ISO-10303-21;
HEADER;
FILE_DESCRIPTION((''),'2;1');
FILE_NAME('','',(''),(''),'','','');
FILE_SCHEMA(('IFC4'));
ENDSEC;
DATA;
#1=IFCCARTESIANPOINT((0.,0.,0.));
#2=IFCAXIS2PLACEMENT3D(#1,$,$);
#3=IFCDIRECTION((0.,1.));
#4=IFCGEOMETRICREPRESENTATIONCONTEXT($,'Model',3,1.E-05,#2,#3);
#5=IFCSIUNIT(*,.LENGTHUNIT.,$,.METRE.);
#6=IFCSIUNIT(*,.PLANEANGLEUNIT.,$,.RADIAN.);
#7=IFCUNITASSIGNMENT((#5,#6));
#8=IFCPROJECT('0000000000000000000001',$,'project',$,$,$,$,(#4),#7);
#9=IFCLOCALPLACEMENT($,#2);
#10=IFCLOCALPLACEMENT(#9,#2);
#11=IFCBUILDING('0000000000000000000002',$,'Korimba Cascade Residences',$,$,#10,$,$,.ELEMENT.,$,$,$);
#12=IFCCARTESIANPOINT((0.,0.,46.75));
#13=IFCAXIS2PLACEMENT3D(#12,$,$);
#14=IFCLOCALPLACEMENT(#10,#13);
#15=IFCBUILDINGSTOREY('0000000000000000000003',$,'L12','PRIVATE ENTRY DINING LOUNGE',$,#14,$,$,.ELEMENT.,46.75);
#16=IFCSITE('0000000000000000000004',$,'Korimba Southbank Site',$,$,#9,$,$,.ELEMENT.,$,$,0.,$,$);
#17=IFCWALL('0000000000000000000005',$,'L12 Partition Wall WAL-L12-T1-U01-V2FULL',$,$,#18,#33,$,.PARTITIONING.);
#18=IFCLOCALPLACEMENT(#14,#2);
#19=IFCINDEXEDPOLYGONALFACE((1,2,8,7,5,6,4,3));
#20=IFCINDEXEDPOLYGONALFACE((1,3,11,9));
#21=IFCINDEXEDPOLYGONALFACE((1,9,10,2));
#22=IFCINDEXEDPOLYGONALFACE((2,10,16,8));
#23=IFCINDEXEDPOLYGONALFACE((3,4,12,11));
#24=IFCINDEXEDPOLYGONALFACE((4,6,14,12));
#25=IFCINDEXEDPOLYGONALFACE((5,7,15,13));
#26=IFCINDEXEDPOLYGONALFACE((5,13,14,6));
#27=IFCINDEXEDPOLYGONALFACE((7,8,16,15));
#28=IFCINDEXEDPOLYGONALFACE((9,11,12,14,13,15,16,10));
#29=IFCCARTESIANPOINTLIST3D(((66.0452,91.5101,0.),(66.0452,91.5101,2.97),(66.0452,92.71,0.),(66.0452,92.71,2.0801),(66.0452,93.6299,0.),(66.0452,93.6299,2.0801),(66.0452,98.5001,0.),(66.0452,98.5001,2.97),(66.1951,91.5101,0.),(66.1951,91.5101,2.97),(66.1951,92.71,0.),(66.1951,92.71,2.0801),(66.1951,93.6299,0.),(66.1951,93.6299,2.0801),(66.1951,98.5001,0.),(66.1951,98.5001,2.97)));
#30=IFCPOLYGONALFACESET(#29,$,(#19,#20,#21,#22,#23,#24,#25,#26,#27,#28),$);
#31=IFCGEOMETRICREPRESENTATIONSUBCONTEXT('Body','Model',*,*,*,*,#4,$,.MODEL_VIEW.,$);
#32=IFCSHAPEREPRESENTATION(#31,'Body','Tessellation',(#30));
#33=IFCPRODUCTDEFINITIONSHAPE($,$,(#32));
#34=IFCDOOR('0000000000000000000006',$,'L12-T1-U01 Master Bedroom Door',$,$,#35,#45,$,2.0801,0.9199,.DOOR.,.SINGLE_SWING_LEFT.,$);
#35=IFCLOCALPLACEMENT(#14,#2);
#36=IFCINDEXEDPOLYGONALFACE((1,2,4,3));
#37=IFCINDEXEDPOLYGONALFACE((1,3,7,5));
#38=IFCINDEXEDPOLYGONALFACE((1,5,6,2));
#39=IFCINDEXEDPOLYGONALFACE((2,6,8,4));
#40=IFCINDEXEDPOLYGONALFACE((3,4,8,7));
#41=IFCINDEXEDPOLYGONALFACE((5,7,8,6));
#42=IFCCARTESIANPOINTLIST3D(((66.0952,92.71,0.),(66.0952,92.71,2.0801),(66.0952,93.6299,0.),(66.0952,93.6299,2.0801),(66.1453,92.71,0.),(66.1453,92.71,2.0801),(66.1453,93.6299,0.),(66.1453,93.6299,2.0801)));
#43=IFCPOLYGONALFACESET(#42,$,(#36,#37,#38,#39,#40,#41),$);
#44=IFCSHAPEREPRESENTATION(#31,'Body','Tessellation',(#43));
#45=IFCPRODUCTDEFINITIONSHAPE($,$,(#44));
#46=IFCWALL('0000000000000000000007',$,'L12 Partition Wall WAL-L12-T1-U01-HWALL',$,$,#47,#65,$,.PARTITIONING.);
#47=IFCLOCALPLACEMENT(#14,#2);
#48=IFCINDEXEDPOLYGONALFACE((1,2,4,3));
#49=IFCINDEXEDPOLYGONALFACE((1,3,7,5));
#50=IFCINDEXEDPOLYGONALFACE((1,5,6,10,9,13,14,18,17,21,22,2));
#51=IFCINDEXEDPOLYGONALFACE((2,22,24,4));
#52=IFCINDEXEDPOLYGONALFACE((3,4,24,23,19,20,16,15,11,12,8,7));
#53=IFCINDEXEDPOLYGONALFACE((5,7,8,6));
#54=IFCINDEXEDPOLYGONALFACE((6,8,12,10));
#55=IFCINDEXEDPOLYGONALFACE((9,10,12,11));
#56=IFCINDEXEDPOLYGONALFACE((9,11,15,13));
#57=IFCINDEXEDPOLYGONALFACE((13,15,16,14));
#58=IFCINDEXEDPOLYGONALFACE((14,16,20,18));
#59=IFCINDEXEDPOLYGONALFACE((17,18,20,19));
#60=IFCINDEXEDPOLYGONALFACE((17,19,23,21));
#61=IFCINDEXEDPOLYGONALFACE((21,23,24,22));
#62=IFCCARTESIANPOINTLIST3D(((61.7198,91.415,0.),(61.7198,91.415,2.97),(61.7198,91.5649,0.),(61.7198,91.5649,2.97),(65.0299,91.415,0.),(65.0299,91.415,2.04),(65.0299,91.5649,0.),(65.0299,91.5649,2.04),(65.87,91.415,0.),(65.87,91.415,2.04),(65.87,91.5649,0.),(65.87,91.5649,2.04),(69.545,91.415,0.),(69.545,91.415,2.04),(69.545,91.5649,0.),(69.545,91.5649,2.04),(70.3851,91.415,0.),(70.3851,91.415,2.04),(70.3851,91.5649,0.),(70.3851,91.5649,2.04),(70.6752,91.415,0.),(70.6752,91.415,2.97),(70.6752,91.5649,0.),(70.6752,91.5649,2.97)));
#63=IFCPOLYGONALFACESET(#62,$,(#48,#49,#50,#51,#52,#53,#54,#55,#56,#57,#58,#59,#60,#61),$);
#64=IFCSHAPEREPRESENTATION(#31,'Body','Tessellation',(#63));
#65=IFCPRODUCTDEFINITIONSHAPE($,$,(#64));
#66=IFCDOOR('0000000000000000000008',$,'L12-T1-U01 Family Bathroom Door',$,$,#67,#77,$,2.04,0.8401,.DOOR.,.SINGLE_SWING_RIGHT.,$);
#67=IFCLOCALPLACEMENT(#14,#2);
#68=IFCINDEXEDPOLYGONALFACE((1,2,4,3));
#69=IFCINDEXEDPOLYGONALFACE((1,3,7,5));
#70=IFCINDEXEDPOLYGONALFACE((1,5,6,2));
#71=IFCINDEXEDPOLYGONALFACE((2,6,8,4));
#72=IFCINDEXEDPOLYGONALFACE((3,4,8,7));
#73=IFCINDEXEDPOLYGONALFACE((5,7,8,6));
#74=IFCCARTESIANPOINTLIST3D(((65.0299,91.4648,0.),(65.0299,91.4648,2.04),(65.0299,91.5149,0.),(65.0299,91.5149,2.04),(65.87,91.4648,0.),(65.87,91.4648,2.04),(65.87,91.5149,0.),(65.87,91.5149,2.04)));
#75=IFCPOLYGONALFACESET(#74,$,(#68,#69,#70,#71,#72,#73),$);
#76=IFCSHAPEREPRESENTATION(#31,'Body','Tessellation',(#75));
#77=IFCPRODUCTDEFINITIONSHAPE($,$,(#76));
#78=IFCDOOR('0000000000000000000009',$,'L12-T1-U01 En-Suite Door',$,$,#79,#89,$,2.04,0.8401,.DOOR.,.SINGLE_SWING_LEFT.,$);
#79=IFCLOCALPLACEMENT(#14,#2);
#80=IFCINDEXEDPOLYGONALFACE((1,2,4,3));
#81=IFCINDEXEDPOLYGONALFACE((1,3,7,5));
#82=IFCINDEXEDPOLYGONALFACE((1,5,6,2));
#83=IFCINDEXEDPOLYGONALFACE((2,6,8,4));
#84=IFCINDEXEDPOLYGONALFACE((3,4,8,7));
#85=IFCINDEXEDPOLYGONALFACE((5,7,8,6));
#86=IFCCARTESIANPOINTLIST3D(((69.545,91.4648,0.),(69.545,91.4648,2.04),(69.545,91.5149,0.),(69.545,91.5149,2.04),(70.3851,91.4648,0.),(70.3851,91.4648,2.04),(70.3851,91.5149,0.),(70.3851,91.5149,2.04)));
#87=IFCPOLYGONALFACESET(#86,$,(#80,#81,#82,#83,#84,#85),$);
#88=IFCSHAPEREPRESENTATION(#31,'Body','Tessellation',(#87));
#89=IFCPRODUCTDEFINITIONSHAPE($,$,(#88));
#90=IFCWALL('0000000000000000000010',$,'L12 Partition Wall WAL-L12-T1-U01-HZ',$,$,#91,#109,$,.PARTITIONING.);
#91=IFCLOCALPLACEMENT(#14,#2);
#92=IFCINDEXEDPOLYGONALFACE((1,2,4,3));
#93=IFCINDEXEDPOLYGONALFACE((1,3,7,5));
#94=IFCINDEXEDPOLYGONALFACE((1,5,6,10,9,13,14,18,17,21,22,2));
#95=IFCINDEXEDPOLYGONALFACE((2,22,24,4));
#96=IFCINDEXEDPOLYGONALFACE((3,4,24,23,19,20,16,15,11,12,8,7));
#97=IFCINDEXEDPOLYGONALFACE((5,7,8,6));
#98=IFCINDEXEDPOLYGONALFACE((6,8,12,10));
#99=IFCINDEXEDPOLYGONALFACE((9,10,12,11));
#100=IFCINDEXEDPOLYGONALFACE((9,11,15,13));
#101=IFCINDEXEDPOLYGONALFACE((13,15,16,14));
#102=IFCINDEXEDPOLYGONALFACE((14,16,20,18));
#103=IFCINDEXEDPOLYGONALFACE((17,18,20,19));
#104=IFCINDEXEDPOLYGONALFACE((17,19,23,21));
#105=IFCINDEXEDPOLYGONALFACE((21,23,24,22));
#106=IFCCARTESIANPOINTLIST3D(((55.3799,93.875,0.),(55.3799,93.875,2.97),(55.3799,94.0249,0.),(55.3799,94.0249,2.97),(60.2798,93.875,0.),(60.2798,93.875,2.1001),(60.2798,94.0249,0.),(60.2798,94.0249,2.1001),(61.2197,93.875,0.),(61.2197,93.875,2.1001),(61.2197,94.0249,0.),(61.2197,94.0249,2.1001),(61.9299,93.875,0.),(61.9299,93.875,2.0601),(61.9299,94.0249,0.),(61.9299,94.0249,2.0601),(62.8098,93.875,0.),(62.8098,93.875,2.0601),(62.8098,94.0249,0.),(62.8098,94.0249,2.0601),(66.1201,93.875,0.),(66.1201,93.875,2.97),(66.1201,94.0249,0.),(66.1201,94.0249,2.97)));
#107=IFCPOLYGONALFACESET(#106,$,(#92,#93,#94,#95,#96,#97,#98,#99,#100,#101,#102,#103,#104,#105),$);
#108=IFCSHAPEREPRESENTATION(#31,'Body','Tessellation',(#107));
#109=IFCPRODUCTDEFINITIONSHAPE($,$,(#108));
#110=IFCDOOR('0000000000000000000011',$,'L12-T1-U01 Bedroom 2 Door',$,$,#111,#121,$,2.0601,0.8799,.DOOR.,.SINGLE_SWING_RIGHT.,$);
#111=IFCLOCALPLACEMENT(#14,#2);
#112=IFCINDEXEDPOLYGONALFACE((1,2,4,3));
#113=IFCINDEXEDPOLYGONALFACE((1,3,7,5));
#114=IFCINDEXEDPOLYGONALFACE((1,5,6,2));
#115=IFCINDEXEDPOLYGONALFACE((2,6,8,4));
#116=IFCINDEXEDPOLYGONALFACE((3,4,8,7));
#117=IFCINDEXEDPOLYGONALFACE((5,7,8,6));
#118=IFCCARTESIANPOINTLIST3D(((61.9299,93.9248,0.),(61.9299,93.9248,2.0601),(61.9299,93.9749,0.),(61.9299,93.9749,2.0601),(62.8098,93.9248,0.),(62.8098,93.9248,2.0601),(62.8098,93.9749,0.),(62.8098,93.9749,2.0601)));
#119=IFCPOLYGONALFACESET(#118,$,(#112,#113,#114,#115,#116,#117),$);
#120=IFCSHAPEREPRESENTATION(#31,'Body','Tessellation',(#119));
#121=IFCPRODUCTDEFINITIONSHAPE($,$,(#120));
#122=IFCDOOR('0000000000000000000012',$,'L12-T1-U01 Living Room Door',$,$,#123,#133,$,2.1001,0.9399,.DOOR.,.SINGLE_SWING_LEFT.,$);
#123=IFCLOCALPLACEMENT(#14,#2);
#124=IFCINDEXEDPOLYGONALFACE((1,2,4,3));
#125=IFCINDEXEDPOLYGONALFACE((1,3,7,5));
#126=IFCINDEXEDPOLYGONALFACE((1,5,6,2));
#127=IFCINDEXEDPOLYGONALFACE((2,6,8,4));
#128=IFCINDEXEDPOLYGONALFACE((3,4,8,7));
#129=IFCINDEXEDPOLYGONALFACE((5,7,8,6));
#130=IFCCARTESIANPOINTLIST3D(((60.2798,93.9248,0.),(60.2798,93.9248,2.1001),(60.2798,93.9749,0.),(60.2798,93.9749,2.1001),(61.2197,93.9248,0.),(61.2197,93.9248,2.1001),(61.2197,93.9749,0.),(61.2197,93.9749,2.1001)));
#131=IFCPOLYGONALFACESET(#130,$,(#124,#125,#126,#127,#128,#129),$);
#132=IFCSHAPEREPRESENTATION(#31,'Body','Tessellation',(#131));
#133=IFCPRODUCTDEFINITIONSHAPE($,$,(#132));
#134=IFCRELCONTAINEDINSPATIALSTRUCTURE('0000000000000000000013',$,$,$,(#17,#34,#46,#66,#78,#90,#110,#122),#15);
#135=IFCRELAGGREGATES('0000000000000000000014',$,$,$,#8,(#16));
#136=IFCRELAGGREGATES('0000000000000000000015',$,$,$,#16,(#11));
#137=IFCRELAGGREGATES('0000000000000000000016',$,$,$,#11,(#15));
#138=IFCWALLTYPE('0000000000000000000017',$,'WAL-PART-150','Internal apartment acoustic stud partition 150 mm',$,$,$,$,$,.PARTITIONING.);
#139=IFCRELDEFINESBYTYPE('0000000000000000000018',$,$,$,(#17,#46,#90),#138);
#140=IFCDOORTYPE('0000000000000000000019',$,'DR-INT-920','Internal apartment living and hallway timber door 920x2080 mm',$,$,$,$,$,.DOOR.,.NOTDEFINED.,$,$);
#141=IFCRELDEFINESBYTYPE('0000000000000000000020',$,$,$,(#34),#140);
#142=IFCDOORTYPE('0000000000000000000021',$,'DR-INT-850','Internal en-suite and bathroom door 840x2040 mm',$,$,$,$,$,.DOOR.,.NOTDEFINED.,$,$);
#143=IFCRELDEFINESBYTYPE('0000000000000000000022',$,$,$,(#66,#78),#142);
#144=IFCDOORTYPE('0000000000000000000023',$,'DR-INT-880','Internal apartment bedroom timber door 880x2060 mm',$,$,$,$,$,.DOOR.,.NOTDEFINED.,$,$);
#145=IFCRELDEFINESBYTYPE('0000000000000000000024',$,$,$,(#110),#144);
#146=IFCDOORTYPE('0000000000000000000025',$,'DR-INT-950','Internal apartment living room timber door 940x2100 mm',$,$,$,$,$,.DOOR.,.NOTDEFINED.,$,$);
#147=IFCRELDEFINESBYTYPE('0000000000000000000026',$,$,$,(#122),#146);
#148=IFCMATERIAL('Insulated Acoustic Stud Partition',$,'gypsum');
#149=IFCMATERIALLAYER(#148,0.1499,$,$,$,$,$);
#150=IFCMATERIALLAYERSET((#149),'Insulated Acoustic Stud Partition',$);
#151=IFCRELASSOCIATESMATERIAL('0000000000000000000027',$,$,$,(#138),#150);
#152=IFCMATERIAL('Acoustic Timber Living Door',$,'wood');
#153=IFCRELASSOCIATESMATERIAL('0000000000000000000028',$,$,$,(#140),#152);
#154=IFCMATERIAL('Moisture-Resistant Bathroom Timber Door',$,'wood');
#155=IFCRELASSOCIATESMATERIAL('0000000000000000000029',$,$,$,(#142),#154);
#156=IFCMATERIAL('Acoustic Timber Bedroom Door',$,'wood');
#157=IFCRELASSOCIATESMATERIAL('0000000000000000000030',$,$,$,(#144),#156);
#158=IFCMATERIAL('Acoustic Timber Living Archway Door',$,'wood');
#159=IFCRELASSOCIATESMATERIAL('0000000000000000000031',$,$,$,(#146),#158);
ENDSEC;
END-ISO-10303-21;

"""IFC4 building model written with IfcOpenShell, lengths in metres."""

from ifc_helpers import new_model, si_unit, direction, frame, frame_2d, origin, place, context, subcontext, project, spatial, rectangle, extrude, material, layer, layer_set, type_object, element, fill, save


model = new_model("IFC4")

# Units and contexts
model_context = context("Model", 3, precision=1e-05, world=origin(), true_north=direction((0.0, 1.0)))
body_context = subcontext(model_context, "Body", "Model", "MODEL_VIEW")
ifc_project = project(units=[si_unit("LENGTHUNIT", "METRE"), si_unit("PLANEANGLEUNIT", "RADIAN")], contexts=[model_context])

# Site, building, storey
site_placement = place(None, origin())
site = spatial("IfcSite", under=ifc_project, at=site_placement, Name="Korimba Southbank Site", CompositionType="ELEMENT", RefElevation=0.0)
building_placement = place(site_placement, origin())
building = spatial("IfcBuilding", under=site, at=building_placement, Name="Korimba Cascade Residences", CompositionType="ELEMENT")
storey_placement = place(building_placement, frame((0.0, 0.0, 46.75)))
storey = spatial("IfcBuildingStorey", under=building, at=storey_placement, Name="L12", Description="PRIVATE ENTRY DINING LOUNGE", CompositionType="ELEMENT", Elevation=46.75)

# Wall, opening, door
ifc_material_1 = material(Name="Insulated Acoustic Stud Partition", Category="gypsum")
ifc_layer_1 = layer(ifc_material_1, 0.1499)
ifc_layer_set_1 = layer_set([ifc_layer_1], Name="Insulated Acoustic Stud Partition")
wall_type_1 = type_object("IfcWallType", Name="WAL-PART-150", Description="Internal apartment acoustic stud partition 150 mm", PredefinedType="PARTITIONING", material=ifc_layer_set_1)
wall_1_placement = place(storey_placement, frame((66.1201, 91.51, 0.0), z_axis=(0.0, 0.0, 1.0), x_axis=(0.0, 1.0, 0.0)))
wall_1 = element("IfcWall", 1, at=wall_1_placement, inside=storey, type_object=wall_type_1, Name="L12 Partition Wall WAL-L12-T1-U01-V2FULL", PredefinedType="PARTITIONING", context=body_context, shape_type="SweptSolid", body=[
    extrude(rectangle(XDim=6.99, YDim=0.1499, at=frame_2d((3.4951, 0.0))), origin(), (0.0, 0.0, 1.0), 2.97),
])
opening_1_placement = place(wall_1_placement, frame((1.2, 0.0, 0.0)))
opening_1 = element("IfcOpeningElement", 2, at=opening_1_placement, cuts=wall_1, PredefinedType="OPENING", context=body_context, shape_type="SweptSolid", body=[
    extrude(rectangle(XDim=0.9199, YDim=2.0801, at=frame_2d((0.46, 1.04))), frame((0.0, 0.085, 0.0), z_axis=(0.0, -1.0, 0.0), x_axis=(1.0, 0.0, 0.0)), (0.0, 0.0, 1.0), 0.1699),
])
ifc_material_2 = material(Name="Acoustic Timber Living Door", Category="wood")
door_type_1 = type_object("IfcDoorType", Name="DR-INT-920", Description="Internal apartment living and hallway timber door 920x2080 mm", OperationType="NOTDEFINED", PredefinedType="DOOR", material=ifc_material_2)
door_1_placement = place(opening_1_placement, origin())
door_1 = element("IfcDoor", 3, at=door_1_placement, inside=storey, type_object=door_type_1, Name="L12-T1-U01 Master Bedroom Door", OperationType="SINGLE_SWING_LEFT", OverallHeight=2.0801, OverallWidth=0.9199, PredefinedType="DOOR", context=body_context, shape_type="SweptSolid", body=[
    extrude(rectangle(XDim=0.9199, YDim=2.0801, at=frame_2d((0.46, 1.04))), frame((0.0, 0.0249, 0.0), z_axis=(0.0, -1.0, 0.0), x_axis=(1.0, 0.0, 0.0)), (0.0, 0.0, 1.0), 0.05),
])
fill(opening_1, door_1)

# Walls, openings, doors
wall_2_placement = place(storey_placement, frame((61.72, 91.49, 0.0), z_axis=(0.0, 0.0, 1.0), x_axis=(1.0, 0.0, 0.0)))
wall_2 = element("IfcWall", 4, at=wall_2_placement, inside=storey, type_object=wall_type_1, Name="L12 Partition Wall WAL-L12-T1-U01-HWALL", PredefinedType="PARTITIONING", context=body_context, shape_type="SweptSolid", body=[
    extrude(rectangle(XDim=8.9553, YDim=0.1499, at=frame_2d((4.4775, 0.0))), origin(), (0.0, 0.0, 1.0), 2.97),
])
opening_2_placement = place(wall_2_placement, frame((3.3101, 0.0, 0.0)))
opening_2 = element("IfcOpeningElement", 5, at=opening_2_placement, cuts=wall_2, PredefinedType="OPENING", context=body_context, shape_type="SweptSolid", body=[
    extrude(rectangle(XDim=0.8401, YDim=2.04, at=frame_2d((0.4199, 1.02))), frame((0.0, 0.085, 0.0), z_axis=(0.0, -1.0, 0.0), x_axis=(1.0, 0.0, 0.0)), (0.0, 0.0, 1.0), 0.1699),
])
opening_3_placement = place(wall_2_placement, frame((7.8252, 0.0, 0.0)))
opening_3 = element("IfcOpeningElement", 6, at=opening_3_placement, cuts=wall_2, PredefinedType="OPENING", context=body_context, shape_type="SweptSolid", body=[
    extrude(rectangle(XDim=0.8401, YDim=2.04, at=frame_2d((0.4199, 1.02))), frame((0.0, 0.085, 0.0), z_axis=(0.0, -1.0, 0.0), x_axis=(1.0, 0.0, 0.0)), (0.0, 0.0, 1.0), 0.1699),
])
ifc_material_3 = material(Name="Moisture-Resistant Bathroom Timber Door", Category="wood")
door_type_2 = type_object("IfcDoorType", Name="DR-INT-850", Description="Internal en-suite and bathroom door 840x2040 mm", OperationType="NOTDEFINED", PredefinedType="DOOR", material=ifc_material_3)
door_2_placement = place(opening_2_placement, origin())
door_2 = element("IfcDoor", 7, at=door_2_placement, inside=storey, type_object=door_type_2, Name="L12-T1-U01 Family Bathroom Door", OperationType="SINGLE_SWING_RIGHT", OverallHeight=2.04, OverallWidth=0.8401, PredefinedType="DOOR", context=body_context, shape_type="SweptSolid", body=[
    extrude(rectangle(XDim=0.8401, YDim=2.04, at=frame_2d((0.4199, 1.02))), frame((0.0, 0.0249, 0.0), z_axis=(0.0, -1.0, 0.0), x_axis=(1.0, 0.0, 0.0)), (0.0, 0.0, 1.0), 0.05),
])
fill(opening_2, door_2)
door_3_placement = place(opening_3_placement, origin())
door_3 = element("IfcDoor", 8, at=door_3_placement, inside=storey, type_object=door_type_2, Name="L12-T1-U01 En-Suite Door", OperationType="SINGLE_SWING_LEFT", OverallHeight=2.04, OverallWidth=0.8401, PredefinedType="DOOR", context=body_context, shape_type="SweptSolid", body=[
    extrude(rectangle(XDim=0.8401, YDim=2.04, at=frame_2d((0.4199, 1.02))), frame((0.0, 0.0249, 0.0), z_axis=(0.0, -1.0, 0.0), x_axis=(1.0, 0.0, 0.0)), (0.0, 0.0, 1.0), 0.05),
])
fill(opening_3, door_3)
wall_3_placement = place(storey_placement, frame((55.3799, 93.95, 0.0), z_axis=(0.0, 0.0, 1.0), x_axis=(1.0, 0.0, 0.0)))
wall_3 = element("IfcWall", 9, at=wall_3_placement, inside=storey, type_object=wall_type_1, Name="L12 Partition Wall WAL-L12-T1-U01-HZ", PredefinedType="PARTITIONING", context=body_context, shape_type="SweptSolid", body=[
    extrude(rectangle(XDim=10.7402, YDim=0.1499, at=frame_2d((5.3701, 0.0))), origin(), (0.0, 0.0, 1.0), 2.97),
])
opening_4_placement = place(wall_3_placement, frame((4.8999, 0.0, 0.0)))
opening_4 = element("IfcOpeningElement", 10, at=opening_4_placement, cuts=wall_3, PredefinedType="OPENING", context=body_context, shape_type="SweptSolid", body=[
    extrude(rectangle(XDim=0.9399, YDim=2.1001, at=frame_2d((0.47, 1.05))), frame((0.0, 0.085, 0.0), z_axis=(0.0, -1.0, 0.0), x_axis=(1.0, 0.0, 0.0)), (0.0, 0.0, 1.0), 0.1699),
])
opening_5_placement = place(wall_3_placement, frame((6.55, 0.0, 0.0)))
opening_5 = element("IfcOpeningElement", 11, at=opening_5_placement, cuts=wall_3, PredefinedType="OPENING", context=body_context, shape_type="SweptSolid", body=[
    extrude(rectangle(XDim=0.8799, YDim=2.0601, at=frame_2d((0.4399, 1.03))), frame((0.0, 0.085, 0.0), z_axis=(0.0, -1.0, 0.0), x_axis=(1.0, 0.0, 0.0)), (0.0, 0.0, 1.0), 0.1699),
])
ifc_material_4 = material(Name="Acoustic Timber Bedroom Door", Category="wood")
door_type_3 = type_object("IfcDoorType", Name="DR-INT-880", Description="Internal apartment bedroom timber door 880x2060 mm", OperationType="NOTDEFINED", PredefinedType="DOOR", material=ifc_material_4)
door_4_placement = place(opening_5_placement, origin())
door_4 = element("IfcDoor", 12, at=door_4_placement, inside=storey, type_object=door_type_3, Name="L12-T1-U01 Bedroom 2 Door", OperationType="SINGLE_SWING_RIGHT", OverallHeight=2.0601, OverallWidth=0.8799, PredefinedType="DOOR", context=body_context, shape_type="SweptSolid", body=[
    extrude(rectangle(XDim=0.8799, YDim=2.0601, at=frame_2d((0.4399, 1.03))), frame((0.0, 0.0249, 0.0), z_axis=(0.0, -1.0, 0.0), x_axis=(1.0, 0.0, 0.0)), (0.0, 0.0, 1.0), 0.05),
])
fill(opening_5, door_4)
ifc_material_5 = material(Name="Acoustic Timber Living Archway Door", Category="wood")
door_type_4 = type_object("IfcDoorType", Name="DR-INT-950", Description="Internal apartment living room timber door 940x2100 mm", OperationType="NOTDEFINED", PredefinedType="DOOR", material=ifc_material_5)
door_5_placement = place(opening_4_placement, origin())
door_5 = element("IfcDoor", 13, at=door_5_placement, inside=storey, type_object=door_type_4, Name="L12-T1-U01 Living Room Door", OperationType="SINGLE_SWING_LEFT", OverallHeight=2.1001, OverallWidth=0.9399, PredefinedType="DOOR", context=body_context, shape_type="SweptSolid", body=[
    extrude(rectangle(XDim=0.9399, YDim=2.1001, at=frame_2d((0.47, 1.05))), frame((0.0, 0.0249, 0.0), z_axis=(0.0, -1.0, 0.0), x_axis=(1.0, 0.0, 0.0)), (0.0, 0.0, 1.0), 0.05),
])
fill(opening_4, door_5)

save(model, "model.ifc")
